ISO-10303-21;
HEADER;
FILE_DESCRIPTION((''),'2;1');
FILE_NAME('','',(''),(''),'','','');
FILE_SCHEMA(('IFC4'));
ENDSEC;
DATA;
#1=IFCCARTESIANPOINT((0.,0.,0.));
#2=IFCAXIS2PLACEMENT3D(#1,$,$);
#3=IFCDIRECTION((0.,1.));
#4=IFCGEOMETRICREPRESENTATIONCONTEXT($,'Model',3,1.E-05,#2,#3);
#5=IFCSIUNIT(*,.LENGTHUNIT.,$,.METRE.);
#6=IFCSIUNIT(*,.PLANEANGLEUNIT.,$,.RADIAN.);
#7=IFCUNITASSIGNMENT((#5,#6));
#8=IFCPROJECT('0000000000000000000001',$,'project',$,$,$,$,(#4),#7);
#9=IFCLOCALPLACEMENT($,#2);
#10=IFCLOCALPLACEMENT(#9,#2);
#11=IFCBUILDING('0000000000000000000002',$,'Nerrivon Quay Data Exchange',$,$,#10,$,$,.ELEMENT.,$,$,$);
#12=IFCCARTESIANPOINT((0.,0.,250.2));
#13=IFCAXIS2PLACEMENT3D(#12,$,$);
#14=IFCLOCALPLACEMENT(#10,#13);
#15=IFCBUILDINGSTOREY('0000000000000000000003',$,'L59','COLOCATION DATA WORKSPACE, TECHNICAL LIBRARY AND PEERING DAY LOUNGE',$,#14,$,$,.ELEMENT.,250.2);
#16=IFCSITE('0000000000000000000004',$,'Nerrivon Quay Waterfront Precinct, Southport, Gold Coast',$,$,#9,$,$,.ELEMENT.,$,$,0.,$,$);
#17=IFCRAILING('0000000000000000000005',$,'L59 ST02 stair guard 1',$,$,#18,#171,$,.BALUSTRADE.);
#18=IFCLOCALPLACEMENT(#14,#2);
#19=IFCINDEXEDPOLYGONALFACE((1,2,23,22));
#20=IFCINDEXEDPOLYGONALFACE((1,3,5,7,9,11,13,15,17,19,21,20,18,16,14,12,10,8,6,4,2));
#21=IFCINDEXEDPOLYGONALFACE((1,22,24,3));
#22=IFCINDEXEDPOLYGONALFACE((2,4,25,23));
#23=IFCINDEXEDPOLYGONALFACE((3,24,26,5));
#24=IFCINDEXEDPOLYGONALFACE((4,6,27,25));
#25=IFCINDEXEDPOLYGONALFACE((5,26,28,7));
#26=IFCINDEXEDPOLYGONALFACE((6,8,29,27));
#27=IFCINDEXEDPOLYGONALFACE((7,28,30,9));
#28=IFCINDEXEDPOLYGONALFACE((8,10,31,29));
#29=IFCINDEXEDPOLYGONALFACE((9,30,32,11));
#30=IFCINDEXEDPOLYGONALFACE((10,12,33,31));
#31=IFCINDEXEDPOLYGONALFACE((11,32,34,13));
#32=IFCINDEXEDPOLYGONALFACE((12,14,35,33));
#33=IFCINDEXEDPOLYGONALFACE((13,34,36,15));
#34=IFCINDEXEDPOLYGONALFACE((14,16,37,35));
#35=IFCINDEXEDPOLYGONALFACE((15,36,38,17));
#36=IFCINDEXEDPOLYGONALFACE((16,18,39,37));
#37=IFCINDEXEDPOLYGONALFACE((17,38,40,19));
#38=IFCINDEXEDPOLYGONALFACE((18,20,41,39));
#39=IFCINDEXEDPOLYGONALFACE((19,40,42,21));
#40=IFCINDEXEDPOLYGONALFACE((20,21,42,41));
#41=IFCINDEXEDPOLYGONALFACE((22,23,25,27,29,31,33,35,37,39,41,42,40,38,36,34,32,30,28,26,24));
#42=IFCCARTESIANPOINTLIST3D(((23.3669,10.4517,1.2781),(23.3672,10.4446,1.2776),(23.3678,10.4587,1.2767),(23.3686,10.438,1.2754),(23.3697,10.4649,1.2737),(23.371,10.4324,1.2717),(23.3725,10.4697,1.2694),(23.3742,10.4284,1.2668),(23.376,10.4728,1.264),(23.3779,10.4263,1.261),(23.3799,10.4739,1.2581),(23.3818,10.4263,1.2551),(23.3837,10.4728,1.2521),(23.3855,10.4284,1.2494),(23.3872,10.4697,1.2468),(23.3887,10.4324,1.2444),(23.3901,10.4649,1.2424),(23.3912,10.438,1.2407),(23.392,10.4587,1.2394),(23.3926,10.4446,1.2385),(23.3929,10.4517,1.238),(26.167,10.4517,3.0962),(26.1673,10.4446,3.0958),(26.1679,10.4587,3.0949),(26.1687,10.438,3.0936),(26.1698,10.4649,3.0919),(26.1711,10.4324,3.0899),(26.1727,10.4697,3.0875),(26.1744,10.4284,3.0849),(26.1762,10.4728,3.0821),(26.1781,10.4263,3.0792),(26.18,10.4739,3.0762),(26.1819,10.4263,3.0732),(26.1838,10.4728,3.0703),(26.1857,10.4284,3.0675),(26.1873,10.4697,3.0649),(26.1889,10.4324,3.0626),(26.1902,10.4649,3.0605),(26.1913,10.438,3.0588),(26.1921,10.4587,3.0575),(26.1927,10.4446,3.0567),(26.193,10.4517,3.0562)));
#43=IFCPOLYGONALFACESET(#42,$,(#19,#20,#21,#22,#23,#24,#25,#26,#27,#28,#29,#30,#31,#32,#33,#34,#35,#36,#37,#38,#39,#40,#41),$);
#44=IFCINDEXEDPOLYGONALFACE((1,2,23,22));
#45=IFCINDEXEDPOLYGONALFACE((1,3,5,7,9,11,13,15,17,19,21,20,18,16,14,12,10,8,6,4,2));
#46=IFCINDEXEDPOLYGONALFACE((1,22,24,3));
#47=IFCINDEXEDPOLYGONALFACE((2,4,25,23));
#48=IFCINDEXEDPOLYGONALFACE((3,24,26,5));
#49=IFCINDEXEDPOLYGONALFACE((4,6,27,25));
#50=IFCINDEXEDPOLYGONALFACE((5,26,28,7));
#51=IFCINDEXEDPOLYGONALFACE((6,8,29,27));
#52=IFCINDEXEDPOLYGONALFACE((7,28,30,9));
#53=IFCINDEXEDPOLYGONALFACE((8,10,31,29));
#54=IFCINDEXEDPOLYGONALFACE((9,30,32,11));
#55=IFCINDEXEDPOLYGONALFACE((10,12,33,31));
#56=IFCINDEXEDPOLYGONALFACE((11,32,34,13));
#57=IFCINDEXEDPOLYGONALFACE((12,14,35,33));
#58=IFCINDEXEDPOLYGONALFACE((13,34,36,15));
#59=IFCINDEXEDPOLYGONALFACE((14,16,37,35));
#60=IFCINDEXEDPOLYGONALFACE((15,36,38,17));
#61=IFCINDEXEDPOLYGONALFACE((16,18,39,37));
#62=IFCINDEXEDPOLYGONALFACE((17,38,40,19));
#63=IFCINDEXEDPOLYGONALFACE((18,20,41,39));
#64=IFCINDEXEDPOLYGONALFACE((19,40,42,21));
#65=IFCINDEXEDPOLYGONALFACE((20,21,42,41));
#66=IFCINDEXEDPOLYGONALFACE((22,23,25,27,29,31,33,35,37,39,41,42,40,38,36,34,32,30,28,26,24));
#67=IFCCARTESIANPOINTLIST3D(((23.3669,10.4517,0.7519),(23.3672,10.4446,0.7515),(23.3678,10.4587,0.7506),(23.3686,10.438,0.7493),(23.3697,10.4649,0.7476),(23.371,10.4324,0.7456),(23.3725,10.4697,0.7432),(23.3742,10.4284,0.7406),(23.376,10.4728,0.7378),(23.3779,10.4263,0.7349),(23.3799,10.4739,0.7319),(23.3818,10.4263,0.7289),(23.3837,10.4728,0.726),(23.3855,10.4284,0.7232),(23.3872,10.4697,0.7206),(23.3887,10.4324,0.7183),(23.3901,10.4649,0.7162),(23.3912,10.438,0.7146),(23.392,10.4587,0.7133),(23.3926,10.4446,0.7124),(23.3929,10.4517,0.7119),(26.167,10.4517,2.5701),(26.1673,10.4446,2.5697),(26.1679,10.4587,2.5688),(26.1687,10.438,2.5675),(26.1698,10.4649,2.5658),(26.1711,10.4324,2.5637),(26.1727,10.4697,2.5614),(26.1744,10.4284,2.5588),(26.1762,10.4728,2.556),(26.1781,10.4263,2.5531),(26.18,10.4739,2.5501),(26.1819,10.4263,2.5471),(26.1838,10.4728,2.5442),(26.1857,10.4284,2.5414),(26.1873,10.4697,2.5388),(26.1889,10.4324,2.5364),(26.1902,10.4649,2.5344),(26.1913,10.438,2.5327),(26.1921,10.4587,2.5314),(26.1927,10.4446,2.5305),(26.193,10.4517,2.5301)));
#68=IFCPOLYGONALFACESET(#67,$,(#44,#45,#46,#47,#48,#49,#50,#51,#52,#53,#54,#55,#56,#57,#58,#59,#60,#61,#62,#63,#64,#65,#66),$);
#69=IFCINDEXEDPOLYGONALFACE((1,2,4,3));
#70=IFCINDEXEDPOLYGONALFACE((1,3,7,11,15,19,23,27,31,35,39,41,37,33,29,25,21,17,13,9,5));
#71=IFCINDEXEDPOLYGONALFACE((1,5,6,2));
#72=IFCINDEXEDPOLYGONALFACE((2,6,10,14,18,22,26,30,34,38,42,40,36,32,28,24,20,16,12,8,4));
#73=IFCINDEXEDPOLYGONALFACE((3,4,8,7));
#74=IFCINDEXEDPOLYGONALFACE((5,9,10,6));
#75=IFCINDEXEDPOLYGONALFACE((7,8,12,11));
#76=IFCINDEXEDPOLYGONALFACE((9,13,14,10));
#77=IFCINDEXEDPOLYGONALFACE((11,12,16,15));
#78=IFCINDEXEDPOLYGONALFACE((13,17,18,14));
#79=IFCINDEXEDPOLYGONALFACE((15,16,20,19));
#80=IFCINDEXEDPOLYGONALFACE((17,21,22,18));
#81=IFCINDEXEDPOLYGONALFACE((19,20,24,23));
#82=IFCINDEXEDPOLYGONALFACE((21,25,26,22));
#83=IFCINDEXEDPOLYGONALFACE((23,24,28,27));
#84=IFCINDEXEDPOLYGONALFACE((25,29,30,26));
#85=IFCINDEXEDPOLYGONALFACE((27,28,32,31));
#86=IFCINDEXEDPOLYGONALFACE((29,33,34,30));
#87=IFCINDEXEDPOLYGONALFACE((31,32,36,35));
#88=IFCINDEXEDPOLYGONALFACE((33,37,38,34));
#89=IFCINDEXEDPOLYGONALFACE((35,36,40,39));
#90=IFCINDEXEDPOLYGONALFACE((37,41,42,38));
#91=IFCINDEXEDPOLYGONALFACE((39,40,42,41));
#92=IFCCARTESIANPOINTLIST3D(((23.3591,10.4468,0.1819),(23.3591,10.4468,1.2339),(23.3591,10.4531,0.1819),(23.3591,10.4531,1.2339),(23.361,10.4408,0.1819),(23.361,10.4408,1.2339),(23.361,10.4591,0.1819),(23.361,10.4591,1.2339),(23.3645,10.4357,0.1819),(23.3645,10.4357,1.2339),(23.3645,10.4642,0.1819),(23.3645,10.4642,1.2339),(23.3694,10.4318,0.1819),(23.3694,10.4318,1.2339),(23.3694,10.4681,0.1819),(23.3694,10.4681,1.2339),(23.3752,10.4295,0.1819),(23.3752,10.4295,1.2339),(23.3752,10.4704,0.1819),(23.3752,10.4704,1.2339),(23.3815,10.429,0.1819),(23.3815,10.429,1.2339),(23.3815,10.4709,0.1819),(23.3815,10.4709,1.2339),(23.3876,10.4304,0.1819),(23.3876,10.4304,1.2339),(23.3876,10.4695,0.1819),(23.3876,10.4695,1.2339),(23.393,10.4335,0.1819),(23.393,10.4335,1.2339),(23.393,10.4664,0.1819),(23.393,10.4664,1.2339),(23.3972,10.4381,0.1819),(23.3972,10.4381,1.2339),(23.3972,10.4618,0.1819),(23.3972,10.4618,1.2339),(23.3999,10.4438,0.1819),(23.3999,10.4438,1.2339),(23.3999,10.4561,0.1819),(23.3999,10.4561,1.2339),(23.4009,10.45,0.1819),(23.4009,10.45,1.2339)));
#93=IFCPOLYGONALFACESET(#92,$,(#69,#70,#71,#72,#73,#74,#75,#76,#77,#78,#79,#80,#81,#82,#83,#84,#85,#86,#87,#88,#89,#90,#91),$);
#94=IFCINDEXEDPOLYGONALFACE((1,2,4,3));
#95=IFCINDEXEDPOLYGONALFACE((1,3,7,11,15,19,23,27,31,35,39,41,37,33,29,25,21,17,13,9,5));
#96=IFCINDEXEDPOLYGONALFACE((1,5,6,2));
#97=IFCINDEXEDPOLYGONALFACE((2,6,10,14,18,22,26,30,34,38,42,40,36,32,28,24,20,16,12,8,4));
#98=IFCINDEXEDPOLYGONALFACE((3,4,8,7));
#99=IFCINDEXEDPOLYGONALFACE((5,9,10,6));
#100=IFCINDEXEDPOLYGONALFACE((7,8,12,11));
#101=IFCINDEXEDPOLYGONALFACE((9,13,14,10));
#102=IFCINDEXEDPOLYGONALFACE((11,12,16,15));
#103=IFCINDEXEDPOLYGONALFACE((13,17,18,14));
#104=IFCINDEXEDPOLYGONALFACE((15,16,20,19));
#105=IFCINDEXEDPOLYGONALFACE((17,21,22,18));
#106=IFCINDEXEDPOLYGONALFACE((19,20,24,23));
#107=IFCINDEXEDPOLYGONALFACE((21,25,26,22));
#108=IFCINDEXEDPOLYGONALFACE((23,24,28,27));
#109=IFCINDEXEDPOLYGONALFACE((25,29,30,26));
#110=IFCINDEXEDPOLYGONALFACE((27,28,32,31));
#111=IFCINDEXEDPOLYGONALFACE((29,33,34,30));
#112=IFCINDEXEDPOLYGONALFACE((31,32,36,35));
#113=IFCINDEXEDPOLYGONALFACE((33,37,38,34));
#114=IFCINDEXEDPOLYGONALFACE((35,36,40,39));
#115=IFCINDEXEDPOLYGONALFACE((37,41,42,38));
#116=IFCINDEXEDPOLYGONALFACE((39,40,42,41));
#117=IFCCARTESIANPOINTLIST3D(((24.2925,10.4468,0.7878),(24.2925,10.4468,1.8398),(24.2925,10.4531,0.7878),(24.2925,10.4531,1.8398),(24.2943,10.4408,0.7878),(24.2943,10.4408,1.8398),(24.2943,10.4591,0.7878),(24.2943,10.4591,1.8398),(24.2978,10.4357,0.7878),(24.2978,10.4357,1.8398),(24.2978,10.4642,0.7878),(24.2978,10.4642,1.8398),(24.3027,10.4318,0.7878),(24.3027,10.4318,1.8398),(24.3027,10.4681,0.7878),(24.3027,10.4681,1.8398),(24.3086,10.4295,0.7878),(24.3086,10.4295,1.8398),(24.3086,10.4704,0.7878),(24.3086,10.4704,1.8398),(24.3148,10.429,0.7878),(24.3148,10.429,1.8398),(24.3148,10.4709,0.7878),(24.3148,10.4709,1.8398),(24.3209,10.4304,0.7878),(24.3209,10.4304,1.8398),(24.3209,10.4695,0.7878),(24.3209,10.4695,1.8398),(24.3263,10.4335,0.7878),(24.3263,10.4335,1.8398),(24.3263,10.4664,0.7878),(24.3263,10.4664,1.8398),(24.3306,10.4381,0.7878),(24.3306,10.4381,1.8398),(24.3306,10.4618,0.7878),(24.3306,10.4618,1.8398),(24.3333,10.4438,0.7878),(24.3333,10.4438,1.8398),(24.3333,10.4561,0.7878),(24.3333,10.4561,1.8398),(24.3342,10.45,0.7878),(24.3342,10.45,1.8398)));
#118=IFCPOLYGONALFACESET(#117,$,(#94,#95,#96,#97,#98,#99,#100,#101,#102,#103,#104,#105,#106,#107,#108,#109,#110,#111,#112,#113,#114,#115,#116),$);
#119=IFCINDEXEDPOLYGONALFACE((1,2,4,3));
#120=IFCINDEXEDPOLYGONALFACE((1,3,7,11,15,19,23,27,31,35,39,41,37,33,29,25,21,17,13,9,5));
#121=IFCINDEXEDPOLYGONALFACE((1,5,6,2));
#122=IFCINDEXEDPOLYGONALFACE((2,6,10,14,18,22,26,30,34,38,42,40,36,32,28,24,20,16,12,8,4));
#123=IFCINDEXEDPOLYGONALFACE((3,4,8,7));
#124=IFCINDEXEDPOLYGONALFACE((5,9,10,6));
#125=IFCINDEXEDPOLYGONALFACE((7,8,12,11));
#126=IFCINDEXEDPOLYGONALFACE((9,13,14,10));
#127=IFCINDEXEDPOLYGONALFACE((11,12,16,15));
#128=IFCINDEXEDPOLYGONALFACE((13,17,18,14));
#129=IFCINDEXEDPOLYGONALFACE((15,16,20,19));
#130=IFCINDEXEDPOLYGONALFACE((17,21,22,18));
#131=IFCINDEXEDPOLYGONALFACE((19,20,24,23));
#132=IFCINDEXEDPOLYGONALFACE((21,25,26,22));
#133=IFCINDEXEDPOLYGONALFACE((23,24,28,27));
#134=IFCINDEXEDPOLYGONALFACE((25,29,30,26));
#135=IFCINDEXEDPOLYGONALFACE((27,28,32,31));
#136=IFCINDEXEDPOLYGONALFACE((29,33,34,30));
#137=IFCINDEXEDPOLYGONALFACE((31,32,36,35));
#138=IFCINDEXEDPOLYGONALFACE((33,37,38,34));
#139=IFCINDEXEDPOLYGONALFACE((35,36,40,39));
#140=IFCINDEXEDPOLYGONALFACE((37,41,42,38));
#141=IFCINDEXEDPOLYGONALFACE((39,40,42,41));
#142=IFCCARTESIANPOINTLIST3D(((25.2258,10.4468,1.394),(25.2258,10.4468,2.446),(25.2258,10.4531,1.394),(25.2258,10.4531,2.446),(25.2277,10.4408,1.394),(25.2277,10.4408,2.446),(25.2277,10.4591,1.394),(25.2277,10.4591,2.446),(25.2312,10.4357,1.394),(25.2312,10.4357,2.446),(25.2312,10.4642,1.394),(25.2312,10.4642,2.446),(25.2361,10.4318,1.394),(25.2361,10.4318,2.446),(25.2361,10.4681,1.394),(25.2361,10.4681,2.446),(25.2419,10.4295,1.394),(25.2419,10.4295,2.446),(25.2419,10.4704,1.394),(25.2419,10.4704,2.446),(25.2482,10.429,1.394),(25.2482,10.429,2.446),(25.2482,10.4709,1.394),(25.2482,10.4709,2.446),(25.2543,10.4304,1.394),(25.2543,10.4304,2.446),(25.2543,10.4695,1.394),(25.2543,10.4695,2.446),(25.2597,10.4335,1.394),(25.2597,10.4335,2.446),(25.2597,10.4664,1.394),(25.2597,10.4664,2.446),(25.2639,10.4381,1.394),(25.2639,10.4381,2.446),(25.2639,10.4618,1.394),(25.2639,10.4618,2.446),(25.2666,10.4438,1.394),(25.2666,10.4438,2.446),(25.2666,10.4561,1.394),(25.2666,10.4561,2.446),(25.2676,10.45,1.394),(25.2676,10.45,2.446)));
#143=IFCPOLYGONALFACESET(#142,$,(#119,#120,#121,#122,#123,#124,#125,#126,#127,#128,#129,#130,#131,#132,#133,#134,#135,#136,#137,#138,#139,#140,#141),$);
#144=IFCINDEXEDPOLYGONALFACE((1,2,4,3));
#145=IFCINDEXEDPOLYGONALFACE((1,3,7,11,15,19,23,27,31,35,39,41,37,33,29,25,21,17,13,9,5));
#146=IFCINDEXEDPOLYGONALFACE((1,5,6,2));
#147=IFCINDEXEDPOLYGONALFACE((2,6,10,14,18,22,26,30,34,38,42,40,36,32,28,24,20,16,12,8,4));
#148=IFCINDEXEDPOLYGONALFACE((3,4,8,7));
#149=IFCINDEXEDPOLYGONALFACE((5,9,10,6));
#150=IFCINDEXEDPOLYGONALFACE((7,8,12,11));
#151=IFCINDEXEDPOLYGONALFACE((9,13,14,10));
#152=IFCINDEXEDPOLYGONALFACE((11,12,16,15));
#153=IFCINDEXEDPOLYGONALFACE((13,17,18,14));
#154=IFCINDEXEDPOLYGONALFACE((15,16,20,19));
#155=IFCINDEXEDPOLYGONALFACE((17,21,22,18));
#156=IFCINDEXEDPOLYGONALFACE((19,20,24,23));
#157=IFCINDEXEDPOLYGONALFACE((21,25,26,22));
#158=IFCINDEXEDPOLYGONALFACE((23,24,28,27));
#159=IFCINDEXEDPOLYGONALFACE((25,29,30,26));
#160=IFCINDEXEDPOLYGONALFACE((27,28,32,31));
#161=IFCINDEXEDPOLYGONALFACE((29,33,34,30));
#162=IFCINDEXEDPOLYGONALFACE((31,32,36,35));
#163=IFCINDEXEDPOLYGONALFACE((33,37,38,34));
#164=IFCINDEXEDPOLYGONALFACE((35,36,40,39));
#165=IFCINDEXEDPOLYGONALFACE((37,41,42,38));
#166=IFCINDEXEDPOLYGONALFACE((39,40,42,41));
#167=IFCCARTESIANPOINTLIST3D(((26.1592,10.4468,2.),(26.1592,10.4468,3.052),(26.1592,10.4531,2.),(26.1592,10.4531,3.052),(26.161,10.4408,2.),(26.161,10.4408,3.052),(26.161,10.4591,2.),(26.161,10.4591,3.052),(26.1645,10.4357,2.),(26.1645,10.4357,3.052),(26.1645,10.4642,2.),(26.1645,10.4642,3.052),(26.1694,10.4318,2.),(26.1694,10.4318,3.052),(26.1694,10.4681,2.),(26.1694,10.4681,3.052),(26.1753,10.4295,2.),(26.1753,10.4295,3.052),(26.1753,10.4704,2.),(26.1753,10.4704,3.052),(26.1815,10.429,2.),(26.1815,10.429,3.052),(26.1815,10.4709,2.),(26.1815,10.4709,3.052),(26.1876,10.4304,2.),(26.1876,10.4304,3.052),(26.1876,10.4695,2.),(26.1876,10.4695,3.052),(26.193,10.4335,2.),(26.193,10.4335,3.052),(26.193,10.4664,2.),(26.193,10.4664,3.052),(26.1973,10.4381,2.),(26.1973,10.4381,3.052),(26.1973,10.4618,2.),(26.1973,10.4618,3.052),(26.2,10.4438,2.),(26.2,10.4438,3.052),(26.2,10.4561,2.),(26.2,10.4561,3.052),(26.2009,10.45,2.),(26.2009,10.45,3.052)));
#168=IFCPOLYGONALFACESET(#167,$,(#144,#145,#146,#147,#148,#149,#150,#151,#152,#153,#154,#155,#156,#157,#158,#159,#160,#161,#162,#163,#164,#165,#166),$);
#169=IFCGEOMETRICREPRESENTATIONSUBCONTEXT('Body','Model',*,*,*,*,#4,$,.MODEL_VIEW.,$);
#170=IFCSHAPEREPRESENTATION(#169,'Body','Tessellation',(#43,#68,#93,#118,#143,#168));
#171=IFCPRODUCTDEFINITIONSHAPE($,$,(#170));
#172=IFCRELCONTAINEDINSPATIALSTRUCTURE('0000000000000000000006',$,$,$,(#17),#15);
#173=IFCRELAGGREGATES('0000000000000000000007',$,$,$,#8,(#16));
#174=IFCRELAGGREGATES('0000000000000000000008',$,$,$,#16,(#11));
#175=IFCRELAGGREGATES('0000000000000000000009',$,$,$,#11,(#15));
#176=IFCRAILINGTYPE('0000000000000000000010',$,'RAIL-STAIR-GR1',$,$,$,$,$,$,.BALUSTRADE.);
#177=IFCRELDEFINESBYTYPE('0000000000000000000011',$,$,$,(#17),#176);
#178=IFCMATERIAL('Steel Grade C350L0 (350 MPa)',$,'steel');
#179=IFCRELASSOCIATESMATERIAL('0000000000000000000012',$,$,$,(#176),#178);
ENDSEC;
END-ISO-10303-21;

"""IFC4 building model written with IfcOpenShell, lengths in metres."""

from ifc_helpers import new_model, si_unit, direction, frame, origin, origin_2d, place, context, subcontext, project, spatial, circle, extrude, material, type_object, element, save


model = new_model("IFC4")

# Units and contexts
model_context = context("Model", 3, precision=1e-05, world=origin(), true_north=direction((0.0, 1.0)))
body_context = subcontext(model_context, "Body", "Model", "MODEL_VIEW")
ifc_project = project(units=[si_unit("LENGTHUNIT", "METRE"), si_unit("PLANEANGLEUNIT", "RADIAN")], contexts=[model_context])

# Site, building, storey
site_placement = place(None, origin())
site = spatial("IfcSite", under=ifc_project, at=site_placement, Name="Nerrivon Quay Waterfront Precinct, Southport, Gold Coast", CompositionType="ELEMENT", RefElevation=0.0)
building_placement = place(site_placement, origin())
building = spatial("IfcBuilding", under=site, at=building_placement, Name="Nerrivon Quay Data Exchange", CompositionType="ELEMENT")
storey_placement = place(building_placement, frame((0.0, 0.0, 250.2)))
storey = spatial("IfcBuildingStorey", under=building, at=storey_placement, Name="L59", Description="COLOCATION DATA WORKSPACE, TECHNICAL LIBRARY AND PEERING DAY LOUNGE", CompositionType="ELEMENT", Elevation=250.2)

# Railing
ifc_material_1 = material(Name="Steel Grade C350L0 (350 MPa)", Category="steel")
railing_type_1 = type_object("IfcRailingType", Name="RAIL-STAIR-GR1", PredefinedType="BALUSTRADE", material=ifc_material_1)
railing_1_placement = place(storey_placement, frame((23.3799, 10.45, 0.1819)))
element("IfcRailing", 1, at=railing_1_placement, inside=storey, type_object=railing_type_1, Name="L59 ST02 stair guard 1", PredefinedType="BALUSTRADE", context=body_context, shape_type="SweptSolid", body=[
    extrude(circle(Radius=0.0239, at=origin_2d()), frame((0.0, 0.0, 1.0762), z_axis=(0.838706, 0.0, 0.544585), x_axis=(0.0, 1.0, 0.0)), (0.0, 0.0, 1.0), 3.3386),
    extrude(circle(Radius=0.0239, at=origin_2d()), frame((0.0, 0.0, 0.55), z_axis=(0.838706, 0.0, 0.544585), x_axis=(0.0, 1.0, 0.0)), (0.0, 0.0, 1.0), 3.3386),
    extrude(circle(Radius=0.021, at=origin_2d()), origin(), (0.0, 0.0, 1.0), 1.052),
    extrude(circle(Radius=0.021, at=origin_2d()), frame((0.9333, 0.0, 0.606)), (0.0, 0.0, 1.0), 1.052),
    extrude(circle(Radius=0.021, at=origin_2d()), frame((1.8667, 0.0, 1.2122)), (0.0, 0.0, 1.0), 1.052),
    extrude(circle(Radius=0.021, at=origin_2d()), frame((2.8, 0.0, 1.8181)), (0.0, 0.0, 1.0), 1.052),
])

save(model, "model.ifc")
